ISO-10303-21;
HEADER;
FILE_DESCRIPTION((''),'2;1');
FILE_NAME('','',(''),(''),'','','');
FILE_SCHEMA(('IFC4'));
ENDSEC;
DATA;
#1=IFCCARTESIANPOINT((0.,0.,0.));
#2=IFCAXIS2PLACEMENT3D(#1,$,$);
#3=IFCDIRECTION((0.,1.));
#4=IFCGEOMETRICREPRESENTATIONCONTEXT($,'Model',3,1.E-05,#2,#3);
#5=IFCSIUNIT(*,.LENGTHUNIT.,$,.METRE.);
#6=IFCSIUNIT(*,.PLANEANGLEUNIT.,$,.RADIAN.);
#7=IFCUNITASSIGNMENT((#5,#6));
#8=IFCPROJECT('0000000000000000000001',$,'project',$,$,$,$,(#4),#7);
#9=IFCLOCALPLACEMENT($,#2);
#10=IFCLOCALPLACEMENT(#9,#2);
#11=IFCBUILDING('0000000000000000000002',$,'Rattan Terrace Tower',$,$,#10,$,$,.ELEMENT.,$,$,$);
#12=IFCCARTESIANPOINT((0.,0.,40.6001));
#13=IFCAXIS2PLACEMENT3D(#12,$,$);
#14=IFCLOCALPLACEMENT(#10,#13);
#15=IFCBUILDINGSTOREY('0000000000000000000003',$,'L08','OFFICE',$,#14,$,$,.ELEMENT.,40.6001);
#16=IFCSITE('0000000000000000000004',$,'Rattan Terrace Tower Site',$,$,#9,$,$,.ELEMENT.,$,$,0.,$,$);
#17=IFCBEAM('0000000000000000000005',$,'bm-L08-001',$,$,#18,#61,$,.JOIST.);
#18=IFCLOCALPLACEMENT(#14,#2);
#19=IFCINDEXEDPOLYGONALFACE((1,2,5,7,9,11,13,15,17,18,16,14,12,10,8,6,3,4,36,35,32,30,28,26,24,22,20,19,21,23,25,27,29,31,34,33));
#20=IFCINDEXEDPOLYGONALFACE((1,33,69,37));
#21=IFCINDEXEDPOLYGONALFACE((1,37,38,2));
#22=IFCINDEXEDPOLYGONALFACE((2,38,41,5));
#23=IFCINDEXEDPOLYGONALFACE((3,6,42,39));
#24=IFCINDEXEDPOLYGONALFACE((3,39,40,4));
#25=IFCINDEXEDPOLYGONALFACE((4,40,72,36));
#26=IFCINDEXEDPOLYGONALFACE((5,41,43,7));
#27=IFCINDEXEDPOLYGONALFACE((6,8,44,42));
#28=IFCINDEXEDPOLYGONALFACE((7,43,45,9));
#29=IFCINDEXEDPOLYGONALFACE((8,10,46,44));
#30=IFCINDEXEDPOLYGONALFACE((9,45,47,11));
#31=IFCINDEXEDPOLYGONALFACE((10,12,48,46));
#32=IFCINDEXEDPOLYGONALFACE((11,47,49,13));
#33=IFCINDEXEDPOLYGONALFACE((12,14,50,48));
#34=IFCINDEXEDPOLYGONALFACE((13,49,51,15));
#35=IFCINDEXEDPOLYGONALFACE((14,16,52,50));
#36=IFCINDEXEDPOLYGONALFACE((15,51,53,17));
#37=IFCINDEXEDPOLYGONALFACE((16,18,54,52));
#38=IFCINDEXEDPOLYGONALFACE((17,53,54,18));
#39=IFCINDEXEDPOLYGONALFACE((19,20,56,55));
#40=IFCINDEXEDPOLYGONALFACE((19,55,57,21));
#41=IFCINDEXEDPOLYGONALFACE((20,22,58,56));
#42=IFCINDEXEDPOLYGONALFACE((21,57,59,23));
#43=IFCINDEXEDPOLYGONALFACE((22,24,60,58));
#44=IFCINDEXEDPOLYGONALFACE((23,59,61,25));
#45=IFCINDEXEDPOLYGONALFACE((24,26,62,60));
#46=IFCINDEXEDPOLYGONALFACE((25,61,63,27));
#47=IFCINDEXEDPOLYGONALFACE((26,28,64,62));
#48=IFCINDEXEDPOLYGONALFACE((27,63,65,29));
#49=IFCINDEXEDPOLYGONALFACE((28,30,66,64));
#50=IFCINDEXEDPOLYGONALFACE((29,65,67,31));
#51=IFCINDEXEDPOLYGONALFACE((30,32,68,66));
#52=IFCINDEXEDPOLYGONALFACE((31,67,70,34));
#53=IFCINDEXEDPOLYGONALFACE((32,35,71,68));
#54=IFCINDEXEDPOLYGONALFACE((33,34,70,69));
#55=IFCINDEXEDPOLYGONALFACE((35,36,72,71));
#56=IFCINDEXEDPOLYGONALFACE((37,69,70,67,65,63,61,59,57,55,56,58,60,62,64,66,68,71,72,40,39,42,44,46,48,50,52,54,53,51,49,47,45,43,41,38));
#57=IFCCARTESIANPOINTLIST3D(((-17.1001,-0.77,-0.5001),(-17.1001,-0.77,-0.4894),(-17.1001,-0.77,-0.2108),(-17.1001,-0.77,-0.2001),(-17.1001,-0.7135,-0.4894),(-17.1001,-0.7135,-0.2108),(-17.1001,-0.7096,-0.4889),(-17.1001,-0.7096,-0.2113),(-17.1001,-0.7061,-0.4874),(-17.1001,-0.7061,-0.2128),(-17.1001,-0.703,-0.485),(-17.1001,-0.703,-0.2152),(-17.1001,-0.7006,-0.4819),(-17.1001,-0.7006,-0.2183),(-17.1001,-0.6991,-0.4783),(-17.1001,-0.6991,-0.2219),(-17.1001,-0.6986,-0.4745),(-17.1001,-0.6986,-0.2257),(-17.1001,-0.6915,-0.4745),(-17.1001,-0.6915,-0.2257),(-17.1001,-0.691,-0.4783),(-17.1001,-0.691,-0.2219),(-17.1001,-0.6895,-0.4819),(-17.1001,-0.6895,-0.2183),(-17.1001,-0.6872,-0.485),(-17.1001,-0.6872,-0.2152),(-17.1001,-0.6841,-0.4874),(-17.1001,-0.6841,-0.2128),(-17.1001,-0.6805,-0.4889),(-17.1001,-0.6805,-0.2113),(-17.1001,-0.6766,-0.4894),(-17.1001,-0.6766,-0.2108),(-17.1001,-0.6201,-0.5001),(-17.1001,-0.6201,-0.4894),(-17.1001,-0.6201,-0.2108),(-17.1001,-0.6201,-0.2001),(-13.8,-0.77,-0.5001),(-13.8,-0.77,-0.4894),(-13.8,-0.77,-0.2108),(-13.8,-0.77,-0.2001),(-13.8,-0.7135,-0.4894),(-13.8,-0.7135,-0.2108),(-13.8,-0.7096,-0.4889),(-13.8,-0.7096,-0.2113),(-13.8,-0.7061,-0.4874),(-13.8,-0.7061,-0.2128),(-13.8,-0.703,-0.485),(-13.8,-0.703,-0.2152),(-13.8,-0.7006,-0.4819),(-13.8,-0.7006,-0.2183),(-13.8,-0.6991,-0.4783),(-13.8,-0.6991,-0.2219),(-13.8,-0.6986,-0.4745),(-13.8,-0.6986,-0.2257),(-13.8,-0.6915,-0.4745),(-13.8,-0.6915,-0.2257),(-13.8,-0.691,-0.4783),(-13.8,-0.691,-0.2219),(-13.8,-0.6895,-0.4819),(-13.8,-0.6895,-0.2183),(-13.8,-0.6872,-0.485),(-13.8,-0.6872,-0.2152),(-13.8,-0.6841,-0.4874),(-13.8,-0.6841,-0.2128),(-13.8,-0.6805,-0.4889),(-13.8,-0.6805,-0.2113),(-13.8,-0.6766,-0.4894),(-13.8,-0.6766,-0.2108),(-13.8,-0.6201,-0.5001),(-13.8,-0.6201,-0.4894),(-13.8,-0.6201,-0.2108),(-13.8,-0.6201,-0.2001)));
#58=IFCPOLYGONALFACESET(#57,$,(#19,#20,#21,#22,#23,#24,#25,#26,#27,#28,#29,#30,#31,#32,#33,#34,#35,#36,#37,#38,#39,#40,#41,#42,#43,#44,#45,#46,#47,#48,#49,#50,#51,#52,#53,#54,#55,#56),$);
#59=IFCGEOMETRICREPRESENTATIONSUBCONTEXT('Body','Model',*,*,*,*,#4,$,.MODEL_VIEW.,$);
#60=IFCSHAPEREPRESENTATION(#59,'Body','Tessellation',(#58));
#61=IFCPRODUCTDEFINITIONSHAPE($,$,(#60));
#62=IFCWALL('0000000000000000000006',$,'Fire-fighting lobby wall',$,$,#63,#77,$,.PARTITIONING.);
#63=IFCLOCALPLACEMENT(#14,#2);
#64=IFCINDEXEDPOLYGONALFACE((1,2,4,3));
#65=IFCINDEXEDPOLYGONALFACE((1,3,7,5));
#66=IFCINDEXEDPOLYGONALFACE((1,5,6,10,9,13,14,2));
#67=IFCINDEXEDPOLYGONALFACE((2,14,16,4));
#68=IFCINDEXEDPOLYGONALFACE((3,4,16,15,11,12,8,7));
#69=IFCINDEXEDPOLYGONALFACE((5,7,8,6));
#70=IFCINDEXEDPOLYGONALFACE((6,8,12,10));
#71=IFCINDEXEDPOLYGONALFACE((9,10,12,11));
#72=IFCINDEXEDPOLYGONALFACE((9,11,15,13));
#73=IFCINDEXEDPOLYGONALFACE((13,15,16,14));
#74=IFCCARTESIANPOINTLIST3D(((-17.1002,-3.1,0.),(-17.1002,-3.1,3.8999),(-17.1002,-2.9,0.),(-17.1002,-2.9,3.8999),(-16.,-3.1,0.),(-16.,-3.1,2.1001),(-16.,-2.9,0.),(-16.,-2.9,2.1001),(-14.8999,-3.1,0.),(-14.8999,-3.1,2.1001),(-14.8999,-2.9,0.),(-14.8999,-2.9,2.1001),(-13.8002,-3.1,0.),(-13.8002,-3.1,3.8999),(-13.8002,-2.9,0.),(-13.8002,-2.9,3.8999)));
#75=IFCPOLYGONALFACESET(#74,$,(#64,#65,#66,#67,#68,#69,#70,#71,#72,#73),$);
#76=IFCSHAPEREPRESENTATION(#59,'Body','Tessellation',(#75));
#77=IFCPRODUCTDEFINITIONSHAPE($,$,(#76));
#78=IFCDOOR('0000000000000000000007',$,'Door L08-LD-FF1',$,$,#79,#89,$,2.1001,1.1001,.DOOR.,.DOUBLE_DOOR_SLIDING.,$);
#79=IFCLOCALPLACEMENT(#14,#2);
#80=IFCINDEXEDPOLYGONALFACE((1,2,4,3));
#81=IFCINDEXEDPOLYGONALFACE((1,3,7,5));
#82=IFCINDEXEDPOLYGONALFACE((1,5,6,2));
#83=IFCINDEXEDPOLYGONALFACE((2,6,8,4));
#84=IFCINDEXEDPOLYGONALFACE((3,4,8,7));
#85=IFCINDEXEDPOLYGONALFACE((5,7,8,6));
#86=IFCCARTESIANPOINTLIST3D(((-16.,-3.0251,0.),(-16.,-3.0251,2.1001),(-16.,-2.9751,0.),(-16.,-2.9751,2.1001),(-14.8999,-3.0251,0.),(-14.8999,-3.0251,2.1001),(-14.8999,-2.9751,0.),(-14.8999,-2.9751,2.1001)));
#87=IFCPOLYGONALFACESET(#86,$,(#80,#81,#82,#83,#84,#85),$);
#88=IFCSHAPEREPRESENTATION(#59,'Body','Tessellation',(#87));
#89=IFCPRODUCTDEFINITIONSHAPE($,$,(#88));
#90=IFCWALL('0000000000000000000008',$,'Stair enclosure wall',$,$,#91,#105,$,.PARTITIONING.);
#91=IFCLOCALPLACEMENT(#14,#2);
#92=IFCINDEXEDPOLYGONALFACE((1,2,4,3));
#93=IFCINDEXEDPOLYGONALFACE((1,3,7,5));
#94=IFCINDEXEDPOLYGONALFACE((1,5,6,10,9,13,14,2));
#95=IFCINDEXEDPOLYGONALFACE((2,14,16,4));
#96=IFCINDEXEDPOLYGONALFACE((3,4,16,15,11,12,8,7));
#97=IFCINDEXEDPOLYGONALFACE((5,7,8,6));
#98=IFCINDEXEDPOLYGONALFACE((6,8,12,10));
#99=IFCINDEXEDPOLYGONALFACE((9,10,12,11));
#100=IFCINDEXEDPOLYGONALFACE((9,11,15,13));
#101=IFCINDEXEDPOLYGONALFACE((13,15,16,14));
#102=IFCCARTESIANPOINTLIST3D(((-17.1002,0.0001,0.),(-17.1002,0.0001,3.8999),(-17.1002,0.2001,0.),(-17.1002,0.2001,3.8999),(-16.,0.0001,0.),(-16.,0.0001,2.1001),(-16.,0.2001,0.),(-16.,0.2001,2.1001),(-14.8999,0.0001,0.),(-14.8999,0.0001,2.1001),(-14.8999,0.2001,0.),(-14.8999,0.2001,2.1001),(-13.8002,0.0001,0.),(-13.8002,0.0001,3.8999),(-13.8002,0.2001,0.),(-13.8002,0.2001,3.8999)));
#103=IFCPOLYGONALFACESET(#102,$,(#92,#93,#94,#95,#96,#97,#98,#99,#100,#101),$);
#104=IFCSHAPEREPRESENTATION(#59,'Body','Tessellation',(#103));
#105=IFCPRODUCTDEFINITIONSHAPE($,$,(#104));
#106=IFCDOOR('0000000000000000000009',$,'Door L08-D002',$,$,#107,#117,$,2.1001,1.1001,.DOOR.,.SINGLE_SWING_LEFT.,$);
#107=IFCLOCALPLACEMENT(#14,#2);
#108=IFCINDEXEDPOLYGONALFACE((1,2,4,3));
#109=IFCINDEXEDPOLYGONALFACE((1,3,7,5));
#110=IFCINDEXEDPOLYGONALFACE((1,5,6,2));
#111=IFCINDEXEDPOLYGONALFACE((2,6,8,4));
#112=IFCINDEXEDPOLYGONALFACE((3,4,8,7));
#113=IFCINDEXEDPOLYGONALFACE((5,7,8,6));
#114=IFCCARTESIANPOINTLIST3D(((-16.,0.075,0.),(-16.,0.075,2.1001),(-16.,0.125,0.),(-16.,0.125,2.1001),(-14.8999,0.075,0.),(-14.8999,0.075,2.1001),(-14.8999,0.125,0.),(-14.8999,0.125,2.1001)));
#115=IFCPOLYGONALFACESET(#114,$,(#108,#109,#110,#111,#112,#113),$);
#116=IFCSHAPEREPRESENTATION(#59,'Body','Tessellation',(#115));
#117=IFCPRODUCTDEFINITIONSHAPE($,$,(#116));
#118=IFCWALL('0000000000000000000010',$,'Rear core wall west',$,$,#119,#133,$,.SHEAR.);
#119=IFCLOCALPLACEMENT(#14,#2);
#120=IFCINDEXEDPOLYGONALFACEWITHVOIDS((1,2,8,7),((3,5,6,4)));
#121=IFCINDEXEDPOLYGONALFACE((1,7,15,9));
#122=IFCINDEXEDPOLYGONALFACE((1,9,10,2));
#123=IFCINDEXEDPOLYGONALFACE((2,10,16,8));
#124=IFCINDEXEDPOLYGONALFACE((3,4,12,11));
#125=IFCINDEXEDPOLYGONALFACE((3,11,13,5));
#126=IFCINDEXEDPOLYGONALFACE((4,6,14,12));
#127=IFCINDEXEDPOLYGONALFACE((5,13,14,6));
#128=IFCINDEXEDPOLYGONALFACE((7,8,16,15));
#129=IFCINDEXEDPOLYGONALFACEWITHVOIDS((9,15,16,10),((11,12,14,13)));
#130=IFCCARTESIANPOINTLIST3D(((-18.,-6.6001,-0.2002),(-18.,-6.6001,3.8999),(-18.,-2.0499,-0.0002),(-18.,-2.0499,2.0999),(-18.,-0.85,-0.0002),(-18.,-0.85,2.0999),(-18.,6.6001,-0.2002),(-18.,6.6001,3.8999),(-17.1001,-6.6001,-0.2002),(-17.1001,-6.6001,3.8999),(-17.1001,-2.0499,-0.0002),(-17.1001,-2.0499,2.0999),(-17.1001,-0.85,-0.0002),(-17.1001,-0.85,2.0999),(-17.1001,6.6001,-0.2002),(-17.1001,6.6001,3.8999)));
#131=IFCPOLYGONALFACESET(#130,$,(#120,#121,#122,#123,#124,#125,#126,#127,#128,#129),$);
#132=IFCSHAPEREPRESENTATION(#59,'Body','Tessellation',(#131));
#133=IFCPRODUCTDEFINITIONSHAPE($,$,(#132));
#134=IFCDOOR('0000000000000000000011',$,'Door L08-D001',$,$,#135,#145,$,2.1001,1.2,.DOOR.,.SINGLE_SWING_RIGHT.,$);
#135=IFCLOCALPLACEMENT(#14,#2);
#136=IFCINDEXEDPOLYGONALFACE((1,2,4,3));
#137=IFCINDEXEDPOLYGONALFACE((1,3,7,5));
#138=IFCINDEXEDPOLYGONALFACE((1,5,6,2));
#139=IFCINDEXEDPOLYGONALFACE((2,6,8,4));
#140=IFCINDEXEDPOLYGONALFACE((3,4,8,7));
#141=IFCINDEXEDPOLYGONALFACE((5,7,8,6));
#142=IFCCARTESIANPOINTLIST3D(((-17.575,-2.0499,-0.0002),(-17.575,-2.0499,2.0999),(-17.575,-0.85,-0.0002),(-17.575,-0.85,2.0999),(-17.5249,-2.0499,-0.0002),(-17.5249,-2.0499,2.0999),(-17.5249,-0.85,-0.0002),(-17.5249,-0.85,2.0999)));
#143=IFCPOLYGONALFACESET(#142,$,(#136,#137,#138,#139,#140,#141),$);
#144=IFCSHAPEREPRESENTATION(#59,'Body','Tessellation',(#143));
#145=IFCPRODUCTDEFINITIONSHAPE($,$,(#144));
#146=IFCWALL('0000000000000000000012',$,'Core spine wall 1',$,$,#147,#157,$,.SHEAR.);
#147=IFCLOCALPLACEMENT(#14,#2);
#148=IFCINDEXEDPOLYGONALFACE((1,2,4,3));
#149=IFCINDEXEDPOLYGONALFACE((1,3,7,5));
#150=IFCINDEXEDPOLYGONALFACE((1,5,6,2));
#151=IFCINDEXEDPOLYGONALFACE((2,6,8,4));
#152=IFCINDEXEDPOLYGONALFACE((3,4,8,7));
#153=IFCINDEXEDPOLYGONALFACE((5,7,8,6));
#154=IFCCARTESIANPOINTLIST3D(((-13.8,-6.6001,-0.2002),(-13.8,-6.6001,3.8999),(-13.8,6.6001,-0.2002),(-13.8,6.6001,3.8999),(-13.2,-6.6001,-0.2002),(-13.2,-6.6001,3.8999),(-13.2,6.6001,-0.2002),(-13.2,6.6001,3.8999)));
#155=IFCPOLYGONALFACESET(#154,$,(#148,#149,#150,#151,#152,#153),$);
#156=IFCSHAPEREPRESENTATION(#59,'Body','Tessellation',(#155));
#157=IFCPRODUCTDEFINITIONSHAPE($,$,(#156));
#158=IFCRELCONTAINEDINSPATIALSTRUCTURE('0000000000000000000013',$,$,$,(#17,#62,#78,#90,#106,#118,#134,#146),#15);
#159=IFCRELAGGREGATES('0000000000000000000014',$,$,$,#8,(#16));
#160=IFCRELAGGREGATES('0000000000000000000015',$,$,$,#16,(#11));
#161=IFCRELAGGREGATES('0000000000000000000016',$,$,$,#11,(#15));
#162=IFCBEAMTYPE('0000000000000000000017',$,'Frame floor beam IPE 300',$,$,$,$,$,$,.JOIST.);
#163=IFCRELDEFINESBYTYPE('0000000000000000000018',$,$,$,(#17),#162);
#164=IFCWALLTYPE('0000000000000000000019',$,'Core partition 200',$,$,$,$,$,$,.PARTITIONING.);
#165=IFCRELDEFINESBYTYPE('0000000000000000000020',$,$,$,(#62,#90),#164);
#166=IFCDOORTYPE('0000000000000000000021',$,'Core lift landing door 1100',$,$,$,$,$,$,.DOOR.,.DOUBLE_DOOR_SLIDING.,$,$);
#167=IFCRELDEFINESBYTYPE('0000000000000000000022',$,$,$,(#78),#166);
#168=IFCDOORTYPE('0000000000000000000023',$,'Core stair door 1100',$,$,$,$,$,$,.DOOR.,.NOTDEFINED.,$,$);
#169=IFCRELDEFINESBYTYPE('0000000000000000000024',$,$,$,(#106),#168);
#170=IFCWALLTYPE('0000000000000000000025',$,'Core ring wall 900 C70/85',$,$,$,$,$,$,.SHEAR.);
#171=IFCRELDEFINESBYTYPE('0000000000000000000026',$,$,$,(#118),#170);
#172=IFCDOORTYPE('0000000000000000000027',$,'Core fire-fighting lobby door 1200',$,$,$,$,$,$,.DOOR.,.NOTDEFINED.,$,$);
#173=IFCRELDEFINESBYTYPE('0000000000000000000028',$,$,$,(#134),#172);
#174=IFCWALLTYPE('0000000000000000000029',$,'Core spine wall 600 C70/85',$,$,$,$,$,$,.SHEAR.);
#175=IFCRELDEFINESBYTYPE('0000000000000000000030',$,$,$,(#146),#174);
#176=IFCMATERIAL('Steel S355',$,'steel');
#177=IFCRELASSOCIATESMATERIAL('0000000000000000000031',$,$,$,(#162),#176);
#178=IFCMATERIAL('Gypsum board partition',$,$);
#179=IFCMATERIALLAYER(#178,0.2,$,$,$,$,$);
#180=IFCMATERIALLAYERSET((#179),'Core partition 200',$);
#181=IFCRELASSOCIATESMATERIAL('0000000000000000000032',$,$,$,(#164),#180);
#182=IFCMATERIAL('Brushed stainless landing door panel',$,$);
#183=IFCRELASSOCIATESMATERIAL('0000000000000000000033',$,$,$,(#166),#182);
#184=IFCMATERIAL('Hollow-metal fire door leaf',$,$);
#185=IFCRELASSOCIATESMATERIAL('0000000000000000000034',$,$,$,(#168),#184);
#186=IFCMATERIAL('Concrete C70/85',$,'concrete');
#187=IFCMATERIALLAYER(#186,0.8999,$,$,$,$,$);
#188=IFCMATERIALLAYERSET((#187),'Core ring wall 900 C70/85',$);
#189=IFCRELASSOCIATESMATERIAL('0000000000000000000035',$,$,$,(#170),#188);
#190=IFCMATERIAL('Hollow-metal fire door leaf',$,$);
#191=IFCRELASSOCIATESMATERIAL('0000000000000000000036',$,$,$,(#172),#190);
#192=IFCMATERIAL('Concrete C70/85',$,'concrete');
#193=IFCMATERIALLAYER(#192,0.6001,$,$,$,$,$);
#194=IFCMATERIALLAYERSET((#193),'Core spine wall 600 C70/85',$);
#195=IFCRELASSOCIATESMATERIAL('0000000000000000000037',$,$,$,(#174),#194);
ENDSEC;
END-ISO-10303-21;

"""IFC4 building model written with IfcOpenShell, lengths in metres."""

from ifc_helpers import new_model, si_unit, direction, frame, frame_2d, origin, origin_2d, place, context, subcontext, project, spatial, rectangle, i_section, extrude, material, layer, layer_set, material_profile, profile_set, type_object, element, fill, save


model = new_model("IFC4")

# Units and contexts
model_context = context("Model", 3, precision=1e-05, world=origin(), true_north=direction((0.0, 1.0)))
body_context = subcontext(model_context, "Body", "Model", "MODEL_VIEW")
ifc_project = project(units=[si_unit("LENGTHUNIT", "METRE"), si_unit("PLANEANGLEUNIT", "RADIAN")], contexts=[model_context])

# Site, building, storey
site_placement = place(None, origin())
site = spatial("IfcSite", under=ifc_project, at=site_placement, Name="Rattan Terrace Tower Site", CompositionType="ELEMENT", RefElevation=0.0)
building_placement = place(site_placement, origin())
building = spatial("IfcBuilding", under=site, at=building_placement, Name="Rattan Terrace Tower", CompositionType="ELEMENT")
storey_placement = place(building_placement, frame((0.0, 0.0, 40.6001)))
storey = spatial("IfcBuildingStorey", under=building, at=storey_placement, Name="L08", Description="OFFICE", CompositionType="ELEMENT", Elevation=40.6001)

# Beam
ifc_material_1 = material(Name="Steel S355", Category="steel")
ifc_material_profile = material_profile(ifc_material_1, i_section(OverallWidth=0.1499, OverallDepth=0.3, WebThickness=0.0071, FlangeThickness=0.0107, FilletRadius=0.0149, at=origin_2d()), Name="IPE 300")
ifc_profile_set = profile_set([ifc_material_profile], Name="Steel S355")
beam_type = type_object("IfcBeamType", Name="Frame floor beam IPE 300", PredefinedType="JOIST", material=ifc_profile_set)
beam_placement = place(storey_placement, frame((-17.1001, -0.6951, -0.3501), z_axis=(1.0, 0.0, 0.0), x_axis=(0.0, 1.0, 0.0)))
element("IfcBeam", 1, at=beam_placement, inside=storey, type_object=beam_type, Name="bm-L08-001", PredefinedType="JOIST", context=body_context, shape_type="SweptSolid", body=[
    extrude(i_section(OverallWidth=0.1499, OverallDepth=0.3, WebThickness=0.0071, FlangeThickness=0.0107, FilletRadius=0.0149, at=origin_2d()), origin(), (0.0, 0.0, 1.0), 3.3),
])

# Walls, openings, doors
ifc_material_2 = material(Name="Gypsum board partition")
ifc_layer_1 = layer(ifc_material_2, 0.2)
ifc_layer_set_1 = layer_set([ifc_layer_1], Name="Core partition 200")
wall_type_1 = type_object("IfcWallType", Name="Core partition 200", PredefinedType="PARTITIONING", material=ifc_layer_set_1)
wall_1_placement = place(storey_placement, frame((-17.1001, -3.0, 0.0), z_axis=(0.0, 0.0, 1.0), x_axis=(1.0, 0.0, 0.0)))
wall_1 = element("IfcWall", 2, at=wall_1_placement, inside=storey, type_object=wall_type_1, Name="Fire-fighting lobby wall", PredefinedType="PARTITIONING", context=body_context, shape_type="SweptSolid", body=[
    extrude(rectangle(XDim=3.3, YDim=0.2, at=frame_2d((1.6499, 0.0))), origin(), (0.0, 0.0, 1.0), 3.8999),
])
opening_1_placement = place(wall_1_placement, frame((1.1001, 0.0, 0.0)))
opening_1 = element("IfcOpeningElement", 3, at=opening_1_placement, cuts=wall_1, PredefinedType="OPENING", context=body_context, shape_type="SweptSolid", body=[
    extrude(rectangle(XDim=1.1001, YDim=2.1001, at=frame_2d((0.55, 1.05))), frame((0.0, 0.1106, 0.0), z_axis=(0.0, -1.0, 0.0), x_axis=(1.0, 0.0, 0.0)), (0.0, 0.0, 1.0), 0.2209),
])
ifc_material_3 = material(Name="Brushed stainless landing door panel")
door_type_1 = type_object("IfcDoorType", Name="Core lift landing door 1100", OperationType="DOUBLE_DOOR_SLIDING", PredefinedType="DOOR", material=ifc_material_3)
door_1_placement = place(opening_1_placement, origin())
door_1 = element("IfcDoor", 4, at=door_1_placement, inside=storey, type_object=door_type_1, Name="Door L08-LD-FF1", OperationType="DOUBLE_DOOR_SLIDING", OverallHeight=2.1001, OverallWidth=1.1001, PredefinedType="DOOR", context=body_context, shape_type="SweptSolid", body=[
    extrude(rectangle(XDim=1.1001, YDim=2.1001, at=frame_2d((0.55, 1.05))), frame((0.0, 0.0249, 0.0), z_axis=(0.0, -1.0, 0.0), x_axis=(1.0, 0.0, 0.0)), (0.0, 0.0, 1.0), 0.05),
])
fill(opening_1, door_1)
wall_2_placement = place(storey_placement, frame((-17.1001, 0.1001, 0.0), z_axis=(0.0, 0.0, 1.0), x_axis=(1.0, 0.0, 0.0)))
wall_2 = element("IfcWall", 5, at=wall_2_placement, inside=storey, type_object=wall_type_1, Name="Stair enclosure wall", PredefinedType="PARTITIONING", context=body_context, shape_type="SweptSolid", body=[
    extrude(rectangle(XDim=3.3, YDim=0.2, at=frame_2d((1.6499, 0.0))), origin(), (0.0, 0.0, 1.0), 3.8999),
])
opening_2_placement = place(wall_2_placement, frame((1.1001, 0.0, 0.0)))
opening_2 = element("IfcOpeningElement", 6, at=opening_2_placement, cuts=wall_2, PredefinedType="OPENING", context=body_context, shape_type="SweptSolid", body=[
    extrude(rectangle(XDim=1.1001, YDim=2.1001, at=frame_2d((0.55, 1.05))), frame((0.0, 0.1106, 0.0), z_axis=(0.0, -1.0, 0.0), x_axis=(1.0, 0.0, 0.0)), (0.0, 0.0, 1.0), 0.2209),
])
ifc_material_4 = material(Name="Hollow-metal fire door leaf")
door_type_2 = type_object("IfcDoorType", Name="Core stair door 1100", OperationType="NOTDEFINED", PredefinedType="DOOR", material=ifc_material_4)
door_2_placement = place(opening_2_placement, origin())
door_2 = element("IfcDoor", 7, at=door_2_placement, inside=storey, type_object=door_type_2, Name="Door L08-D002", OperationType="SINGLE_SWING_LEFT", OverallHeight=2.1001, OverallWidth=1.1001, PredefinedType="DOOR", context=body_context, shape_type="SweptSolid", body=[
    extrude(rectangle(XDim=1.1001, YDim=2.1001, at=frame_2d((0.55, 1.05))), frame((0.0, 0.0249, 0.0), z_axis=(0.0, -1.0, 0.0), x_axis=(1.0, 0.0, 0.0)), (0.0, 0.0, 1.0), 0.05),
])
fill(opening_2, door_2)
ifc_material_5 = material(Name="Concrete C70/85", Category="concrete")
ifc_layer_2 = layer(ifc_material_5, 0.8999)
ifc_layer_set_2 = layer_set([ifc_layer_2], Name="Core ring wall 900 C70/85")
wall_type_2 = type_object("IfcWallType", Name="Core ring wall 900 C70/85", PredefinedType="SHEAR", material=ifc_layer_set_2)
wall_3_placement = place(storey_placement, frame((-17.55, -6.6001, -0.2002), z_axis=(0.0, 0.0, 1.0), x_axis=(0.0, 1.0, 0.0)))
wall_3 = element("IfcWall", 8, at=wall_3_placement, inside=storey, type_object=wall_type_2, Name="Rear core wall west", PredefinedType="SHEAR", context=body_context, shape_type="SweptSolid", body=[
    extrude(rectangle(XDim=13.2002, YDim=0.8999, at=frame_2d((6.6001, 0.0))), origin(), (0.0, 0.0, 1.0), 4.1001),
])
opening_3_placement = place(wall_3_placement, frame((4.55, 0.0, 0.2)))
opening_3 = element("IfcOpeningElement", 9, at=opening_3_placement, cuts=wall_3, PredefinedType="OPENING", context=body_context, shape_type="SweptSolid", body=[
    extrude(rectangle(XDim=1.2, YDim=2.1001, at=frame_2d((0.6001, 1.05))), frame((0.0, 0.4604, 0.0), z_axis=(0.0, -1.0, 0.0), x_axis=(1.0, 0.0, 0.0)), (0.0, 0.0, 1.0), 0.9209),
])
ifc_material_6 = material(Name="Hollow-metal fire door leaf")
door_type_3 = type_object("IfcDoorType", Name="Core fire-fighting lobby door 1200", OperationType="NOTDEFINED", PredefinedType="DOOR", material=ifc_material_6)
door_3_placement = place(opening_3_placement, origin())
door_3 = element("IfcDoor", 10, at=door_3_placement, inside=storey, type_object=door_type_3, Name="Door L08-D001", OperationType="SINGLE_SWING_RIGHT", OverallHeight=2.1001, OverallWidth=1.2, PredefinedType="DOOR", context=body_context, shape_type="SweptSolid", body=[
    extrude(rectangle(XDim=1.2, YDim=2.1001, at=frame_2d((0.6001, 1.05))), frame((0.0, 0.0249, 0.0), z_axis=(0.0, -1.0, 0.0), x_axis=(1.0, 0.0, 0.0)), (0.0, 0.0, 1.0), 0.05),
])
fill(opening_3, door_3)

# Wall
ifc_material_7 = material(Name="Concrete C70/85", Category="concrete")
ifc_layer_3 = layer(ifc_material_7, 0.6001)
ifc_layer_set_3 = layer_set([ifc_layer_3], Name="Core spine wall 600 C70/85")
wall_type_3 = type_object("IfcWallType", Name="Core spine wall 600 C70/85", PredefinedType="SHEAR", material=ifc_layer_set_3)
wall_4_placement = place(storey_placement, frame((-13.5, -6.6001, -0.2002), z_axis=(0.0, 0.0, 1.0), x_axis=(0.0, 1.0, 0.0)))
element("IfcWall", 11, at=wall_4_placement, inside=storey, type_object=wall_type_3, Name="Core spine wall 1", PredefinedType="SHEAR", context=body_context, shape_type="SweptSolid", body=[
    extrude(rectangle(XDim=13.2002, YDim=0.6001, at=frame_2d((6.6001, 0.0))), origin(), (0.0, 0.0, 1.0), 4.1001),
])

save(model, "model.ifc")
